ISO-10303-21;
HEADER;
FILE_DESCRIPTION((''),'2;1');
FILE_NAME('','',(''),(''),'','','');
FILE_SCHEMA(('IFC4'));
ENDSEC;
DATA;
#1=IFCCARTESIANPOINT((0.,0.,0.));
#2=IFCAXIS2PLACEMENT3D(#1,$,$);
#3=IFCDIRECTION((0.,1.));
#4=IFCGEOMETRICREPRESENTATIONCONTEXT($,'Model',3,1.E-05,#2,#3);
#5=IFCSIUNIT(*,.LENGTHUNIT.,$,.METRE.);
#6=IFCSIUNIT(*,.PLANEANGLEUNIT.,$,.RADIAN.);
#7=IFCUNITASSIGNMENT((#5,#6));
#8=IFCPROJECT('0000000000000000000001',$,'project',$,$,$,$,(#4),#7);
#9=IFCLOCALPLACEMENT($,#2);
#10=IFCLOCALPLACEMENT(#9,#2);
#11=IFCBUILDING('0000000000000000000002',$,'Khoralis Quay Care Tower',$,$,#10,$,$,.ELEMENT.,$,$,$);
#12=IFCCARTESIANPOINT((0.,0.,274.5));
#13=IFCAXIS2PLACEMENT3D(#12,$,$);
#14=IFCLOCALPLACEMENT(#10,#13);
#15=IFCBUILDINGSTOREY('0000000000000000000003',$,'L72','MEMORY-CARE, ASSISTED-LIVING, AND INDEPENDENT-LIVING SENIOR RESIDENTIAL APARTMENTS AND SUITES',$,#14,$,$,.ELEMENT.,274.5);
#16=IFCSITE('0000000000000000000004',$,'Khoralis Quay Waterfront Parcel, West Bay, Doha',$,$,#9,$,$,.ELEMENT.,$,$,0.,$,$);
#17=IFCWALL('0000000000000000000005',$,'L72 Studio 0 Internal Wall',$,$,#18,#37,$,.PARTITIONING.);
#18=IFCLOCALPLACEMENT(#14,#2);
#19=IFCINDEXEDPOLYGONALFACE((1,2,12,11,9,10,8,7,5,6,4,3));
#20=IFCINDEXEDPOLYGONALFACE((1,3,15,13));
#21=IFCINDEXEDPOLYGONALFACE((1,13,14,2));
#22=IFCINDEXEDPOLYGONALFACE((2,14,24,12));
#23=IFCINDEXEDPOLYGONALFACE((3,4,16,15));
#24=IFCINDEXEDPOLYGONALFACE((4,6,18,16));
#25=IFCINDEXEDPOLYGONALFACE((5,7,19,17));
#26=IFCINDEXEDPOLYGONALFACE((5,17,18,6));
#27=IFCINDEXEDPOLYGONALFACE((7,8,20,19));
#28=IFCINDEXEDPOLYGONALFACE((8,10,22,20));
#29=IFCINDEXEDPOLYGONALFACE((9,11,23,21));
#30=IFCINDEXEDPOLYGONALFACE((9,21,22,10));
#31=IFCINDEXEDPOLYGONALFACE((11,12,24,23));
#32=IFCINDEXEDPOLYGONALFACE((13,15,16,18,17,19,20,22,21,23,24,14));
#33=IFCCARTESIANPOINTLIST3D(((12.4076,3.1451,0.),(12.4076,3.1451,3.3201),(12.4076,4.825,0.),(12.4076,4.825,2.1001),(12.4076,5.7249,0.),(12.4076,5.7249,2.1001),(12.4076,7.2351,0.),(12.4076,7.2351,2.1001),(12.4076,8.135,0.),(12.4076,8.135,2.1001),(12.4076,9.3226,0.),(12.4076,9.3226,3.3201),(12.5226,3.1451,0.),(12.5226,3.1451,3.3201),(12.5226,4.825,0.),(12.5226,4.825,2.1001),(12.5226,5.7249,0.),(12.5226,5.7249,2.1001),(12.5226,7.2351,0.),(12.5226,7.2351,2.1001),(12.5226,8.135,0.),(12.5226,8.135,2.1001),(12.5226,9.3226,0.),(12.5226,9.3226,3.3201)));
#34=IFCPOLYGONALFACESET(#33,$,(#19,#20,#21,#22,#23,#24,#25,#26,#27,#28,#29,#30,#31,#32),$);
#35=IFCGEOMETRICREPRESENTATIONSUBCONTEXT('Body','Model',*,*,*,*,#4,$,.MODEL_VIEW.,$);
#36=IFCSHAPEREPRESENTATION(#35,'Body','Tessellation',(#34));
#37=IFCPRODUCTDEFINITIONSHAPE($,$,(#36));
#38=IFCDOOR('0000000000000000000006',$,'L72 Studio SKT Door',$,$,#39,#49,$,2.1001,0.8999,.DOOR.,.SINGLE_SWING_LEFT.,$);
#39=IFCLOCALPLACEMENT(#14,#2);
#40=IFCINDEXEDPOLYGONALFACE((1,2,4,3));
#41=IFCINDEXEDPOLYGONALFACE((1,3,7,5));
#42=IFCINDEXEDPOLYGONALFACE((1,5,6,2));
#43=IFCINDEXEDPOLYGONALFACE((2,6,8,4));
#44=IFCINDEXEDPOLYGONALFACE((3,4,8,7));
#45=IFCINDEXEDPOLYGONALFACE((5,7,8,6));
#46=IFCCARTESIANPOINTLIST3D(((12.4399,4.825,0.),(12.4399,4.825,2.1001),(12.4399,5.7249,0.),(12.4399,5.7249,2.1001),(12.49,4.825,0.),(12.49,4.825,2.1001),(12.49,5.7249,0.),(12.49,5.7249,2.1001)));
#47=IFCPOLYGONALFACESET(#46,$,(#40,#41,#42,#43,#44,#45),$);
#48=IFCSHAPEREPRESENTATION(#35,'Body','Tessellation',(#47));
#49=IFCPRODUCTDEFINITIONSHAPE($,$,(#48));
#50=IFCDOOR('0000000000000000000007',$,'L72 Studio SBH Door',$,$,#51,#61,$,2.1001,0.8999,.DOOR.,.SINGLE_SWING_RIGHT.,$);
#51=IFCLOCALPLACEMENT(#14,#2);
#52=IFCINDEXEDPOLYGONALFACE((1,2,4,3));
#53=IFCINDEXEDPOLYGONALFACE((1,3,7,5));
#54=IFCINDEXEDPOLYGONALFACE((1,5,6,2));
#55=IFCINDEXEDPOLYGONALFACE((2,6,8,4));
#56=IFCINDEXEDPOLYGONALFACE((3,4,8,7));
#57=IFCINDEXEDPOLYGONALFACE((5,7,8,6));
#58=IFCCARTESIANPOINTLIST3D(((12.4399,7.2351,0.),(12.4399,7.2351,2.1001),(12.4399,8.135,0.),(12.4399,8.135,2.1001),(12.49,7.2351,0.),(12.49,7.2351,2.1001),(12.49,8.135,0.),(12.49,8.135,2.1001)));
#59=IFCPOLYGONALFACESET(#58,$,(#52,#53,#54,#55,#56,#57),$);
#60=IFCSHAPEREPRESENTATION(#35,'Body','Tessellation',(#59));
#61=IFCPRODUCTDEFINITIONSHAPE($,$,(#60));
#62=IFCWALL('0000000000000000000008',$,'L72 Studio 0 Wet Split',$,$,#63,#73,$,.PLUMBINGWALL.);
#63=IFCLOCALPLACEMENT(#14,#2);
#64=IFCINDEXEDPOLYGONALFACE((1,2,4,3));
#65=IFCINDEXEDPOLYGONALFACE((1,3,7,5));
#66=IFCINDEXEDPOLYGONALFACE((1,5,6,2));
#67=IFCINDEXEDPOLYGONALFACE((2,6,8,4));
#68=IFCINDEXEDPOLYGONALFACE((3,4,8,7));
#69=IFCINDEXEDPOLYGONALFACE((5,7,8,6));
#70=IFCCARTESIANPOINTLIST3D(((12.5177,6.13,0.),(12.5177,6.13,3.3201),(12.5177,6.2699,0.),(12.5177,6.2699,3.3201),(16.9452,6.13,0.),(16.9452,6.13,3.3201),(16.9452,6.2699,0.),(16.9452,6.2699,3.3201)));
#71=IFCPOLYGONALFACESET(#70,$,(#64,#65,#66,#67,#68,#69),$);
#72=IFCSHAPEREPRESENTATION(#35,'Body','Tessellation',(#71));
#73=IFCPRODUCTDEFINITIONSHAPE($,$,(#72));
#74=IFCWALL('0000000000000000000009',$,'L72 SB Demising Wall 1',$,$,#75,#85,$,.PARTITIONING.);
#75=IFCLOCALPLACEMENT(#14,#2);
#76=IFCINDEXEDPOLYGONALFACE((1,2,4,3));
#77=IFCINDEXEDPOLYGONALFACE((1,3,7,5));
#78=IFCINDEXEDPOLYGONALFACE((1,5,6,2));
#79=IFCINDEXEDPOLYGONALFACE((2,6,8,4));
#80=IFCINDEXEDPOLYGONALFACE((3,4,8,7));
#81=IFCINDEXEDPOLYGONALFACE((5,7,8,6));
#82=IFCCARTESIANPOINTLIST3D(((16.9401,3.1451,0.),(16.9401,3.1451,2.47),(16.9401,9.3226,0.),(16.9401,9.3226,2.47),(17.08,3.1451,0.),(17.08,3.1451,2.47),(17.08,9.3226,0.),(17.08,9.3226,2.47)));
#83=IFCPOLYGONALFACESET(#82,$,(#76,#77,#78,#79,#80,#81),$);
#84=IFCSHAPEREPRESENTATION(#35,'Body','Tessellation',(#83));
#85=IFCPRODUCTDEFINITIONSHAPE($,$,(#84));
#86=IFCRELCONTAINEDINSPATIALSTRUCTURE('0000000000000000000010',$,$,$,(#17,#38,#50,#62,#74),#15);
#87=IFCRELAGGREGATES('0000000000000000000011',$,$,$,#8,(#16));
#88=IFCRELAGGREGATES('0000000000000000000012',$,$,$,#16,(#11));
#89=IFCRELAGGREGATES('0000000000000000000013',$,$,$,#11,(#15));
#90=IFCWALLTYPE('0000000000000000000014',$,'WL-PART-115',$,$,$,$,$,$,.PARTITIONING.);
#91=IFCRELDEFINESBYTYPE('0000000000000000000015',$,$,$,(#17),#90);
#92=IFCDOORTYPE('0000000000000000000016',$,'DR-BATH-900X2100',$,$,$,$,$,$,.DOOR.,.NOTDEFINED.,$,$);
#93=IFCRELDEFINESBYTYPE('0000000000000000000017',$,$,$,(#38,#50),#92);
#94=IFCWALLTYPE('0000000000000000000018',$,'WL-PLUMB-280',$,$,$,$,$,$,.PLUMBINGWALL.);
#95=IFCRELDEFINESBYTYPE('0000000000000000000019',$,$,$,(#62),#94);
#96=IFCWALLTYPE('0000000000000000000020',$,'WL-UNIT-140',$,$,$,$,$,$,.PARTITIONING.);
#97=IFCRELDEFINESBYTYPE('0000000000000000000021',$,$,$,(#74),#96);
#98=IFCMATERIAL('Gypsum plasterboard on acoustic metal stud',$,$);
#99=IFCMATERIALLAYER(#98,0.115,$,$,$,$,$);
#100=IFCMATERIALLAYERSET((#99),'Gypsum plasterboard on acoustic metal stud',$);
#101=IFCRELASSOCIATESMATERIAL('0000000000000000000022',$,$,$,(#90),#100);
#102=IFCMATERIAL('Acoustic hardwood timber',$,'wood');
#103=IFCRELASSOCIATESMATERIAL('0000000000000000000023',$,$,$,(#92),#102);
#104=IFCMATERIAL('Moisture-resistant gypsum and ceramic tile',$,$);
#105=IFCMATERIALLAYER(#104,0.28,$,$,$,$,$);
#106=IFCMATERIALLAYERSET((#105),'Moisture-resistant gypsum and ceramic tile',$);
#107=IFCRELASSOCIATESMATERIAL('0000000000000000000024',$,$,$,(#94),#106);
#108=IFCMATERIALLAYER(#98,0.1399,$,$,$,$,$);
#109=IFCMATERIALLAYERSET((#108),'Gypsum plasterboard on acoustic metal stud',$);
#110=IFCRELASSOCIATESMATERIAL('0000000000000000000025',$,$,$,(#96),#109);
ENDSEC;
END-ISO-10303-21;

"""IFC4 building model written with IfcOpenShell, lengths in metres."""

from ifc_helpers import new_model, si_unit, direction, frame, frame_2d, origin, place, context, subcontext, project, spatial, rectangle, extrude, source, transform, mapped, material, layer, layer_set, type_object, element, fill, save


model = new_model("IFC4")

# Units and contexts
model_context = context("Model", 3, precision=1e-05, world=origin(), true_north=direction((0.0, 1.0)))
body_context = subcontext(model_context, "Body", "Model", "MODEL_VIEW")
ifc_project = project(units=[si_unit("LENGTHUNIT", "METRE"), si_unit("PLANEANGLEUNIT", "RADIAN")], contexts=[model_context])

# Site, building, storey
site_placement = place(None, origin())
site = spatial("IfcSite", under=ifc_project, at=site_placement, Name="Khoralis Quay Waterfront Parcel, West Bay, Doha", CompositionType="ELEMENT", RefElevation=0.0)
building_placement = place(site_placement, origin())
building = spatial("IfcBuilding", under=site, at=building_placement, Name="Khoralis Quay Care Tower", CompositionType="ELEMENT")
storey_placement = place(building_placement, frame((0.0, 0.0, 274.5)))
storey = spatial("IfcBuildingStorey", under=building, at=storey_placement, Name="L72", Description="MEMORY-CARE, ASSISTED-LIVING, AND INDEPENDENT-LIVING SENIOR RESIDENTIAL APARTMENTS AND SUITES", CompositionType="ELEMENT", Elevation=274.5)

# Shared definitions
ifc_material_1 = material(Name="Gypsum plasterboard on acoustic metal stud")

# Wall, openings, doors
ifc_layer_1 = layer(ifc_material_1, 0.115)
ifc_layer_set_1 = layer_set([ifc_layer_1], Name="Gypsum plasterboard on acoustic metal stud")
wall_type_1 = type_object("IfcWallType", Name="WL-PART-115", PredefinedType="PARTITIONING", material=ifc_layer_set_1)
wall_1_placement = place(storey_placement, frame((12.4651, 3.145, 0.0), z_axis=(0.0, 0.0, 1.0), x_axis=(0.0, 1.0, 0.0)))
wall_1 = element("IfcWall", 1, at=wall_1_placement, inside=storey, type_object=wall_type_1, Name="L72 Studio 0 Internal Wall", PredefinedType="PARTITIONING", context=body_context, shape_type="SweptSolid", body=[
    extrude(rectangle(XDim=6.1775, YDim=0.115, at=frame_2d((3.0889, 0.0))), origin(), (0.0, 0.0, 1.0), 3.3201),
])
opening_1_placement = place(wall_1_placement, frame((1.6799, 0.0, 0.0)))
opening_1 = element("IfcOpeningElement", 2, at=opening_1_placement, cuts=wall_1, PredefinedType="OPENING", context=body_context, shape_type="SweptSolid", body=[
    extrude(rectangle(XDim=0.8999, YDim=2.1001, at=frame_2d((0.45, 1.05))), frame((0.0, 0.0674, 0.0), z_axis=(0.0, -1.0, 0.0), x_axis=(1.0, 0.0, 0.0)), (0.0, 0.0, 1.0), 0.135),
])
opening_2_placement = place(wall_1_placement, frame((4.0901, 0.0, 0.0)))
opening_2 = element("IfcOpeningElement", 3, at=opening_2_placement, cuts=wall_1, PredefinedType="OPENING", context=body_context, shape_type="SweptSolid", body=[
    extrude(rectangle(XDim=0.8999, YDim=2.1001, at=frame_2d((0.45, 1.05))), frame((0.0, 0.0674, 0.0), z_axis=(0.0, -1.0, 0.0), x_axis=(1.0, 0.0, 0.0)), (0.0, 0.0, 1.0), 0.135),
])
ifc_material_2 = material(Name="Acoustic hardwood timber", Category="wood")
door_type_1 = type_object("IfcDoorType", Name="DR-BATH-900X2100", OperationType="NOTDEFINED", PredefinedType="DOOR", material=ifc_material_2)
shared_shape_1 = source(origin(), body_context, "Body", "SweptSolid", [
    extrude(rectangle(XDim=0.8999, YDim=2.1001, at=frame_2d((0.45, 1.05))), frame((0.0, 0.0249, 0.0), z_axis=(0.0, -1.0, 0.0), x_axis=(1.0, 0.0, 0.0)), (0.0, 0.0, 1.0), 0.05),
])
door_1_placement = place(opening_1_placement, frame((0.8999, 0.0, 0.0), z_axis=(0.0, 0.0, 1.0), x_axis=(-1.0, 0.0, 0.0)))
door_1 = element("IfcDoor", 4, at=door_1_placement, inside=storey, type_object=door_type_1, Name="L72 Studio SKT Door", OperationType="SINGLE_SWING_LEFT", OverallHeight=2.1001, OverallWidth=0.8999, PredefinedType="DOOR", context=body_context, shape_type="MappedRepresentation", body=[
    mapped(shared_shape_1, transform((0.0, 0.0, 0.0), scale=1.0)),
])
fill(opening_1, door_1)
door_2_placement = place(opening_2_placement, frame((0.8999, 0.0, 0.0), z_axis=(0.0, 0.0, 1.0), x_axis=(-1.0, 0.0, 0.0)))
door_2 = element("IfcDoor", 5, at=door_2_placement, inside=storey, type_object=door_type_1, Name="L72 Studio SBH Door", OperationType="SINGLE_SWING_RIGHT", OverallHeight=2.1001, OverallWidth=0.8999, PredefinedType="DOOR", context=body_context, shape_type="MappedRepresentation", body=[
    mapped(shared_shape_1, transform((0.0, 0.0, 0.0), scale=1.0)),
])
fill(opening_2, door_2)

# Walls
ifc_material_3 = material(Name="Moisture-resistant gypsum and ceramic tile")
ifc_layer_2 = layer(ifc_material_3, 0.28)
ifc_layer_set_2 = layer_set([ifc_layer_2], Name="Moisture-resistant gypsum and ceramic tile")
wall_type_2 = type_object("IfcWallType", Name="WL-PLUMB-280", PredefinedType="PLUMBINGWALL", material=ifc_layer_set_2)
wall_2_placement = place(storey_placement, frame((12.5176, 6.2, 0.0), z_axis=(0.0, 0.0, 1.0), x_axis=(1.0, 0.0, 0.0)))
element("IfcWall", 6, at=wall_2_placement, inside=storey, type_object=wall_type_2, Name="L72 Studio 0 Wet Split", PredefinedType="PLUMBINGWALL", context=body_context, shape_type="SweptSolid", body=[
    extrude(rectangle(XDim=4.4275, YDim=0.1399, at=frame_2d((2.2139, 0.0))), origin(), (0.0, 0.0, 1.0), 3.3201),
])
ifc_layer_3 = layer(ifc_material_1, 0.1399)
ifc_layer_set_3 = layer_set([ifc_layer_3], Name="Gypsum plasterboard on acoustic metal stud")
wall_type_3 = type_object("IfcWallType", Name="WL-UNIT-140", PredefinedType="PARTITIONING", material=ifc_layer_set_3)
wall_3_placement = place(storey_placement, frame((17.01, 3.145, 0.0), z_axis=(0.0, 0.0, 1.0), x_axis=(0.0, 1.0, 0.0)))
element("IfcWall", 7, at=wall_3_placement, inside=storey, type_object=wall_type_3, Name="L72 SB Demising Wall 1", PredefinedType="PARTITIONING", context=body_context, shape_type="SweptSolid", body=[
    extrude(rectangle(XDim=6.1775, YDim=0.1399, at=frame_2d((3.0889, 0.0))), origin(), (0.0, 0.0, 1.0), 2.47),
])

save(model, "model.ifc")
